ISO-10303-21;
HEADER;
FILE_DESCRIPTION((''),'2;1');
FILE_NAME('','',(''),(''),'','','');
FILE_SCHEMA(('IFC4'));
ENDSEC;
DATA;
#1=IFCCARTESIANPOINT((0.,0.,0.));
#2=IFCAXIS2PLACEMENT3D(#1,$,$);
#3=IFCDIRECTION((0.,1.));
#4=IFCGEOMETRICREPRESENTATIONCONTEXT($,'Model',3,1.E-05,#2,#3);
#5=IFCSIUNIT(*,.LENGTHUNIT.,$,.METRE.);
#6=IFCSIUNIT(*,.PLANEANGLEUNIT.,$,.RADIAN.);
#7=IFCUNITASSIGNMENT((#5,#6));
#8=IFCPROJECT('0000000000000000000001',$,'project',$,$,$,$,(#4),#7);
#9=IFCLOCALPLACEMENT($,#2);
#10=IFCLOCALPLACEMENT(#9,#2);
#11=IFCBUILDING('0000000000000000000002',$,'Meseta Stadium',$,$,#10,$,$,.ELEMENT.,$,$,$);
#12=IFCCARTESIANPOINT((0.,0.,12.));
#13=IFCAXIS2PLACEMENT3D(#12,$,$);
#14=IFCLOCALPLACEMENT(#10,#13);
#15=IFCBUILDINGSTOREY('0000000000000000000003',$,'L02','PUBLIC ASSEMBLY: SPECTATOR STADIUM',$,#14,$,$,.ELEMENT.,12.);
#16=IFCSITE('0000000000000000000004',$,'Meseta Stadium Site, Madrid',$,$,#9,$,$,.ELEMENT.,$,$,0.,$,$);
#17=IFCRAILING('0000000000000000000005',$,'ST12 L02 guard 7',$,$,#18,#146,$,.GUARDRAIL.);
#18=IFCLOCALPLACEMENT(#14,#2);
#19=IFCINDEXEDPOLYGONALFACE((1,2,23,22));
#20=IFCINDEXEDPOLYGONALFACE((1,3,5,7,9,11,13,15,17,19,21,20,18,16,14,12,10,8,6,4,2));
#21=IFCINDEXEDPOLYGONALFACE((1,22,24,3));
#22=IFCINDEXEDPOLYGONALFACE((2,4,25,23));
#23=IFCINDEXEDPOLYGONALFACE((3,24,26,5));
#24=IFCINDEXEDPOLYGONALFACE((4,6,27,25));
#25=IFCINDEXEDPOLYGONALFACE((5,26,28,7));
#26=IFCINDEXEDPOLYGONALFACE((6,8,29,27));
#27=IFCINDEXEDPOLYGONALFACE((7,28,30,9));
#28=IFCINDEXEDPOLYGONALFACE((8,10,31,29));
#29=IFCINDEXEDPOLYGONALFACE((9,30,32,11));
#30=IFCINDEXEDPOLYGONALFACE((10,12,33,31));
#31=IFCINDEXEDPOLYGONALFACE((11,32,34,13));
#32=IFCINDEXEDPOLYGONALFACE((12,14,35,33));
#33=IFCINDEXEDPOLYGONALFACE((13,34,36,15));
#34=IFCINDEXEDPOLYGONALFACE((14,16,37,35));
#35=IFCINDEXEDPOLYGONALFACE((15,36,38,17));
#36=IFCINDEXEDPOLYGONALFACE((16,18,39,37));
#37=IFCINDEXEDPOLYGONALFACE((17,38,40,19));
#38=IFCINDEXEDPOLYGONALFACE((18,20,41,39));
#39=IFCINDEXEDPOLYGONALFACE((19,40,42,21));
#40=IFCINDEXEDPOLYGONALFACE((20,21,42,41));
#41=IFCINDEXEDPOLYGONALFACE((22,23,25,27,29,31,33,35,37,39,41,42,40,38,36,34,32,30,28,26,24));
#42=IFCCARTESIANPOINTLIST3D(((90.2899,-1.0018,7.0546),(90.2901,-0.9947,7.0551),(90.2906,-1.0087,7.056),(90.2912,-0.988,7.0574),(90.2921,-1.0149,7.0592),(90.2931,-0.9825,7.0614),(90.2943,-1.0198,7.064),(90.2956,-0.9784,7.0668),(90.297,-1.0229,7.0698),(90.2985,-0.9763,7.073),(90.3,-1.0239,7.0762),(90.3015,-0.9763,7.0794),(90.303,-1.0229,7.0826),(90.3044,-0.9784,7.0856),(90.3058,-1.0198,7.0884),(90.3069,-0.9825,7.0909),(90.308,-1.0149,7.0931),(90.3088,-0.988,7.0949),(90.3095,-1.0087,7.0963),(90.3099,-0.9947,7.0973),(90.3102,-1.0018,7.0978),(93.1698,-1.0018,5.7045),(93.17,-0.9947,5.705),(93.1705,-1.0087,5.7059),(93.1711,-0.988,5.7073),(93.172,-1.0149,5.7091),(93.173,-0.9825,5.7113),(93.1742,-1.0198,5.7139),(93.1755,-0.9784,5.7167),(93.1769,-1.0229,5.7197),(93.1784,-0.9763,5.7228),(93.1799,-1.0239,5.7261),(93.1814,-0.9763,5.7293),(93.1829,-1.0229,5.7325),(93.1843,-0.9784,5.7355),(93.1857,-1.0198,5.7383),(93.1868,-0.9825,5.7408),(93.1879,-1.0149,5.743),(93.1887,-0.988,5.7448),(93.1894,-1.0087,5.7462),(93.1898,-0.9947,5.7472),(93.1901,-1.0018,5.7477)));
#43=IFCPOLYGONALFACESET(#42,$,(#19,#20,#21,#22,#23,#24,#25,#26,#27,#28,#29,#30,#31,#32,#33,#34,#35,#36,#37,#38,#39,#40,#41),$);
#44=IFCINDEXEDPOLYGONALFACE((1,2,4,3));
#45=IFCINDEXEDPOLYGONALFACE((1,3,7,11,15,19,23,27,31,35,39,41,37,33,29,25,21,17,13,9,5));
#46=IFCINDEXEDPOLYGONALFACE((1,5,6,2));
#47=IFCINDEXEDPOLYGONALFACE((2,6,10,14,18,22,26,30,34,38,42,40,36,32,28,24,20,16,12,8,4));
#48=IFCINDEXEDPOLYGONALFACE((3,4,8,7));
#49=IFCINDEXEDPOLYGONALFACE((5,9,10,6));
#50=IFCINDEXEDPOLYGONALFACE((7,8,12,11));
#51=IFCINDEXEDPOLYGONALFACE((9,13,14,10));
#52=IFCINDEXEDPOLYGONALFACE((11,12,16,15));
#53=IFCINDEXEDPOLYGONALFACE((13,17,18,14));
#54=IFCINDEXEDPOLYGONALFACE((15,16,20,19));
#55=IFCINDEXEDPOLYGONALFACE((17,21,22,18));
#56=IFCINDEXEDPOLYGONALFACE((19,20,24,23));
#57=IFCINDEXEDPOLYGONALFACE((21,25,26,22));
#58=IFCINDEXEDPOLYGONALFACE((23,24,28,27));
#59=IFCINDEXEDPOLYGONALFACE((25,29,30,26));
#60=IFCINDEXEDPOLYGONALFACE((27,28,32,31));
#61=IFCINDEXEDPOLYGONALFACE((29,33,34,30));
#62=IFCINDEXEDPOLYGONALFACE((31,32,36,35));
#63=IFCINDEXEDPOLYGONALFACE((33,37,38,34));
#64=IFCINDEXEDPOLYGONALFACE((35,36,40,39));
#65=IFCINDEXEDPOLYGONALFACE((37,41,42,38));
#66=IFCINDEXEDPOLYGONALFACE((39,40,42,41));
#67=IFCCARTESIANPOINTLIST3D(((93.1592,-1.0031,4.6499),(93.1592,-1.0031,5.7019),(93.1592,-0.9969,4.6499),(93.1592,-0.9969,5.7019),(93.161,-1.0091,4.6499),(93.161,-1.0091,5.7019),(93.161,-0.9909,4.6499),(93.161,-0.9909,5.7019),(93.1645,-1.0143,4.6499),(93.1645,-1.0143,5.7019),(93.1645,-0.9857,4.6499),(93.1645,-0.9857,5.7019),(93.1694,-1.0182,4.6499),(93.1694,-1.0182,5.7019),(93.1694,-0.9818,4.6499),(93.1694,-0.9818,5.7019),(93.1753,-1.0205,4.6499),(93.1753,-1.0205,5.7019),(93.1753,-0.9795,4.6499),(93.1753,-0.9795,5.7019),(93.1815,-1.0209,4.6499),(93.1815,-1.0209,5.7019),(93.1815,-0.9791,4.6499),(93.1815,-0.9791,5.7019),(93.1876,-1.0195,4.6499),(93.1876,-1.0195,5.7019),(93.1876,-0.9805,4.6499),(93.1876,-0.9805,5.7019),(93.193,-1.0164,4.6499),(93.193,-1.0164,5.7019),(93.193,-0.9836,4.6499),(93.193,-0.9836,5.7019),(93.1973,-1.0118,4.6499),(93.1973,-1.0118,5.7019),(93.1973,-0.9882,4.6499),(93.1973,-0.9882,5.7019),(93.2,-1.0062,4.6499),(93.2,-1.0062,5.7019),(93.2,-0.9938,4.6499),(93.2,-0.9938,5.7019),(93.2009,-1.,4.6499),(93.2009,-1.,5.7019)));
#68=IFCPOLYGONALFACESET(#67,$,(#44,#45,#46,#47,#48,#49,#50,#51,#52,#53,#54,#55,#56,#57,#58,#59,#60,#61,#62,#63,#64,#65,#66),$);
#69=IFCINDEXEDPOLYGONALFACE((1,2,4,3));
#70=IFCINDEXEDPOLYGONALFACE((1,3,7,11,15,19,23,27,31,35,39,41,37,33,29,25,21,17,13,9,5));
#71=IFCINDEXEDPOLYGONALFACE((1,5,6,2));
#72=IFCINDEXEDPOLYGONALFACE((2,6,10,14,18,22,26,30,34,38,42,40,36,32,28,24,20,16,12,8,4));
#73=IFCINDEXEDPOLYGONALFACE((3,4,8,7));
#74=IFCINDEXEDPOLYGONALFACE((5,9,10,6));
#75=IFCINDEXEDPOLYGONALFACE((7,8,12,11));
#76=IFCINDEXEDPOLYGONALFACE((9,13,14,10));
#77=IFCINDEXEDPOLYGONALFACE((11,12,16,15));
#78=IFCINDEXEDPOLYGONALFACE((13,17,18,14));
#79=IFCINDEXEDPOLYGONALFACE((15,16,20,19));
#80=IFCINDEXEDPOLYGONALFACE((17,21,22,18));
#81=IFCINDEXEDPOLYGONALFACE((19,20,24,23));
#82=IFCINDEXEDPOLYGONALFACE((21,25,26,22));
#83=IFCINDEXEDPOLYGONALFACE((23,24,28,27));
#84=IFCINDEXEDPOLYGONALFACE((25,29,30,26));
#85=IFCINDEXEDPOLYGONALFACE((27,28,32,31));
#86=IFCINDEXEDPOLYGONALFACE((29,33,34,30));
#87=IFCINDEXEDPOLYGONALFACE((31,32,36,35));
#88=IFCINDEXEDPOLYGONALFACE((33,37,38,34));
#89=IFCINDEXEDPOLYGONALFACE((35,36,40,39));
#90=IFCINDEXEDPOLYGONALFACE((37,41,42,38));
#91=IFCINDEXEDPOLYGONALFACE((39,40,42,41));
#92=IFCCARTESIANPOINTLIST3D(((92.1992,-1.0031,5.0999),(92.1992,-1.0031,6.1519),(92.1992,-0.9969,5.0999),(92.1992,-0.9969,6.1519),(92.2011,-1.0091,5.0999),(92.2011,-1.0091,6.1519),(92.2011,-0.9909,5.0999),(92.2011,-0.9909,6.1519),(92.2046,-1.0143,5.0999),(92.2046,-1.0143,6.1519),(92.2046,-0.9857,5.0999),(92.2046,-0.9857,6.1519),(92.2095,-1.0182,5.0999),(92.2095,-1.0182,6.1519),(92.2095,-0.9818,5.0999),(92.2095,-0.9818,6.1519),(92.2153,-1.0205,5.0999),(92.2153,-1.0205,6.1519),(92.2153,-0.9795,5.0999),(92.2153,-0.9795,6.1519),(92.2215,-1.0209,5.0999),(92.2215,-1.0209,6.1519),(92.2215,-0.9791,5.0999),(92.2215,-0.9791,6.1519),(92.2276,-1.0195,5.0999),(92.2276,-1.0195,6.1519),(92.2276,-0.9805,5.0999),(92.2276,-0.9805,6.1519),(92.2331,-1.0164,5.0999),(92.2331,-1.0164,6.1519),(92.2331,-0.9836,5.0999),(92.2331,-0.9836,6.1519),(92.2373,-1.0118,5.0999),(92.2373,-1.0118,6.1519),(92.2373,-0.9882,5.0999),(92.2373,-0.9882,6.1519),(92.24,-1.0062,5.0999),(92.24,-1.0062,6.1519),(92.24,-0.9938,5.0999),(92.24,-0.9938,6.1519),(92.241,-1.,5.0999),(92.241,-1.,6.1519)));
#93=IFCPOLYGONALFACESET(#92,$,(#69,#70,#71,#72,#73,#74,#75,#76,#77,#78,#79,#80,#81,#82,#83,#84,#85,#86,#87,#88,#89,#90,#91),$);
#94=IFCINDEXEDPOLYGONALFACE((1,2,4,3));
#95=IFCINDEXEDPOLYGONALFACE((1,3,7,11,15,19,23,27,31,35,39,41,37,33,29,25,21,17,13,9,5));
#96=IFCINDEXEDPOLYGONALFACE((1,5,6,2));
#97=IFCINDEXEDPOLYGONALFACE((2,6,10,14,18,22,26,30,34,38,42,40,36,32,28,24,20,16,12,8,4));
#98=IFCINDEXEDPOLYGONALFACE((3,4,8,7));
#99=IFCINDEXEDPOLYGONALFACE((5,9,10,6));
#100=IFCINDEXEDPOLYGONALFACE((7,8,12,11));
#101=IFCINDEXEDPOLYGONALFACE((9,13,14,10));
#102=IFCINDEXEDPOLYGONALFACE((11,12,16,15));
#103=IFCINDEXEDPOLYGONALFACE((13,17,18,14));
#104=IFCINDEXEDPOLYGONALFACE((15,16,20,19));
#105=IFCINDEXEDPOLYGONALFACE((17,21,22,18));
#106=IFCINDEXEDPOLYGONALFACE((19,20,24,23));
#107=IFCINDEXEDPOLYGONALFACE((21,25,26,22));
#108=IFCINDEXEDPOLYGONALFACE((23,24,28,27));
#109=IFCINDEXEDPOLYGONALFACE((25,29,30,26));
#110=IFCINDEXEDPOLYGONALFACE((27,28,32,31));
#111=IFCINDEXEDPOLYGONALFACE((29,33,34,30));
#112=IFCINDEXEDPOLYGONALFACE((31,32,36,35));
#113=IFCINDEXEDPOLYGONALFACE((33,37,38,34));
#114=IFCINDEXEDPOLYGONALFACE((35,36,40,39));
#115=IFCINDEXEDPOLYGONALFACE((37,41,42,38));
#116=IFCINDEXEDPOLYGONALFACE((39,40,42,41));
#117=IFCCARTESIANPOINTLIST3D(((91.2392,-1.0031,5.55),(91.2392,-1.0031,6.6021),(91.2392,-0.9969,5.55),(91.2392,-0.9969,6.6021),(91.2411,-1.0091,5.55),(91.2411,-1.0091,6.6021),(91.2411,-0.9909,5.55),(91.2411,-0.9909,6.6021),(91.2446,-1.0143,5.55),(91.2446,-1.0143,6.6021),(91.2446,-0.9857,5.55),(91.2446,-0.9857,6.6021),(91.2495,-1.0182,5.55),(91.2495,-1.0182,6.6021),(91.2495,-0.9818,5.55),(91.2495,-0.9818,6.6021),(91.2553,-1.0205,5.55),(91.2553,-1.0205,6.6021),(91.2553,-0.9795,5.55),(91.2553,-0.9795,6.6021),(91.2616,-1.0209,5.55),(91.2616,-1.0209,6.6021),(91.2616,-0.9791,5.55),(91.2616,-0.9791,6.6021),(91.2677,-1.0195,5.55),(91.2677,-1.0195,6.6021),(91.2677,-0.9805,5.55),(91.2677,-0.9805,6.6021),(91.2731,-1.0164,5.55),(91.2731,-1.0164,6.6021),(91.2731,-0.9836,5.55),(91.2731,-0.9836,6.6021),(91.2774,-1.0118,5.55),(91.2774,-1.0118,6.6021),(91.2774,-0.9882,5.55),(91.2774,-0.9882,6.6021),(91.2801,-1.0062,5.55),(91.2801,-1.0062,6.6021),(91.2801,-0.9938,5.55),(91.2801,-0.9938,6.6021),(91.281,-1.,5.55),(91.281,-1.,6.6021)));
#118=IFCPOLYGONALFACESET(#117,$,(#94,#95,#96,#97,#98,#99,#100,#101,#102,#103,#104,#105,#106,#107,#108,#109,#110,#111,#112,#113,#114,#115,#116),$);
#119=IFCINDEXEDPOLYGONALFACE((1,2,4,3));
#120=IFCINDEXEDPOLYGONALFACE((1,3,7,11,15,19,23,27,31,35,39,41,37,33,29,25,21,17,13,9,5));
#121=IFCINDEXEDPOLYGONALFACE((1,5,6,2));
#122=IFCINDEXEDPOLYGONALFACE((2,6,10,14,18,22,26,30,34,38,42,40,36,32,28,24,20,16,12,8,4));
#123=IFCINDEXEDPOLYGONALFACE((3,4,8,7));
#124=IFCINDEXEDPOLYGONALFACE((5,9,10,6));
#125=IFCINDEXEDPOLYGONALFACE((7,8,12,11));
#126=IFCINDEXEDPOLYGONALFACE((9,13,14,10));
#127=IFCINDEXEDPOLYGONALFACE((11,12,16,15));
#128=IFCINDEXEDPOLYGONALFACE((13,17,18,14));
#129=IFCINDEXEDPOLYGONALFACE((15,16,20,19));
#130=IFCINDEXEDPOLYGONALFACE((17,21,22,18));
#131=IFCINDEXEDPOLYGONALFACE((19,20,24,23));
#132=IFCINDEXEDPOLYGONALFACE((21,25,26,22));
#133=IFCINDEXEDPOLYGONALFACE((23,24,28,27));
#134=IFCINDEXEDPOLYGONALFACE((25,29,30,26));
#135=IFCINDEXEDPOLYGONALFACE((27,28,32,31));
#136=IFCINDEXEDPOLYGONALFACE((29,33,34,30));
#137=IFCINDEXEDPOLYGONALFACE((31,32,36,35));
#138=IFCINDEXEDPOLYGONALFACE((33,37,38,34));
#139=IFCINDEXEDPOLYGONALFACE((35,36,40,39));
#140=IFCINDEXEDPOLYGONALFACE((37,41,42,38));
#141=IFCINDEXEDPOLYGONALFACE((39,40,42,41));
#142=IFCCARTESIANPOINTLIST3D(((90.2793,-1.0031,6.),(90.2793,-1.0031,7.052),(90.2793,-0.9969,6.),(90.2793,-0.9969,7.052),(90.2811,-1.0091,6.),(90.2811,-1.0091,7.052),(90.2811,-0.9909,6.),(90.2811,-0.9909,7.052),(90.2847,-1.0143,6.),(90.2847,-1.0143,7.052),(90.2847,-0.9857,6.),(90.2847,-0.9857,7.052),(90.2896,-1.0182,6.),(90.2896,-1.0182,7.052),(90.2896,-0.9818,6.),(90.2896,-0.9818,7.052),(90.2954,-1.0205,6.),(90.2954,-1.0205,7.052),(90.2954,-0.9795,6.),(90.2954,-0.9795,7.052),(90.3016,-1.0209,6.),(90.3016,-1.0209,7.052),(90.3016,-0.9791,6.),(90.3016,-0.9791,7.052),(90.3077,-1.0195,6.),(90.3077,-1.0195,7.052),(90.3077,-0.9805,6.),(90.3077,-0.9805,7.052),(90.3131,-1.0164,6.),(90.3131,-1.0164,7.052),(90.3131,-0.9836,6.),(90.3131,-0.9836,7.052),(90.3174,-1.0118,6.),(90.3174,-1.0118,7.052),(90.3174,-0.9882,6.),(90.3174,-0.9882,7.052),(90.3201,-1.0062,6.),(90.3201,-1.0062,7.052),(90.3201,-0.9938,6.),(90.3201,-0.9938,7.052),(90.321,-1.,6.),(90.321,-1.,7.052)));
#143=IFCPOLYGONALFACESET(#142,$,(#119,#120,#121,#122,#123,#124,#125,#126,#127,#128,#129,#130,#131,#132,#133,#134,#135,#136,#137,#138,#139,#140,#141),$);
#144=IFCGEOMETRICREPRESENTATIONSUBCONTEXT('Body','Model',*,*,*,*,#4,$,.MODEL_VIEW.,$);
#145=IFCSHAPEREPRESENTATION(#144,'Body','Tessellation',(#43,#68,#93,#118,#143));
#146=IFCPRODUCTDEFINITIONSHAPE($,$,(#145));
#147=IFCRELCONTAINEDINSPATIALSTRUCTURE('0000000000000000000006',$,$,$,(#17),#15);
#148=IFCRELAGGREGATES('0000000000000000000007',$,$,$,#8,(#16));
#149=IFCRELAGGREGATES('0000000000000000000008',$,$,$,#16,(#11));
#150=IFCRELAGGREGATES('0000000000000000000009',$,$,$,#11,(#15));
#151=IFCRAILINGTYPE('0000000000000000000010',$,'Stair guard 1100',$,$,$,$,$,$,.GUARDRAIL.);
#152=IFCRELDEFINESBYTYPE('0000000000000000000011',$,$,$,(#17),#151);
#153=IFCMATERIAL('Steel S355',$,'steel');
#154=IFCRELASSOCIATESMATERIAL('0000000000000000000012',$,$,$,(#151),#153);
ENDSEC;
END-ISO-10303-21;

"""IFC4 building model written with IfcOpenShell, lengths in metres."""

from ifc_helpers import new_model, si_unit, direction, frame, origin, origin_2d, place, context, subcontext, project, spatial, circle, extrude, material, type_object, element, save


model = new_model("IFC4")

# Units and contexts
model_context = context("Model", 3, precision=1e-05, world=origin(), true_north=direction((0.0, 1.0)))
body_context = subcontext(model_context, "Body", "Model", "MODEL_VIEW")
ifc_project = project(units=[si_unit("LENGTHUNIT", "METRE"), si_unit("PLANEANGLEUNIT", "RADIAN")], contexts=[model_context])

# Site, building, storey
site_placement = place(None, origin())
site = spatial("IfcSite", under=ifc_project, at=site_placement, Name="Meseta Stadium Site, Madrid", CompositionType="ELEMENT", RefElevation=0.0)
building_placement = place(site_placement, origin())
building = spatial("IfcBuilding", under=site, at=building_placement, Name="Meseta Stadium", CompositionType="ELEMENT")
storey_placement = place(building_placement, frame((0.0, 0.0, 12.0)))
storey = spatial("IfcBuildingStorey", under=building, at=storey_placement, Name="L02", Description="PUBLIC ASSEMBLY: SPECTATOR STADIUM", CompositionType="ELEMENT", Elevation=12.0)

# Railing
ifc_material_1 = material(Name="Steel S355", Category="steel")
railing_type_1 = type_object("IfcRailingType", Name="Stair guard 1100", PredefinedType="GUARDRAIL", material=ifc_material_1)
railing_1_placement = place(storey_placement, frame((93.1799, -1.0, 4.6499)))
element("IfcRailing", 1, at=railing_1_placement, inside=storey, type_object=railing_type_1, Name="ST12 L02 guard 7", PredefinedType="GUARDRAIL", context=body_context, shape_type="SweptSolid", body=[
    extrude(circle(Radius=0.0239, at=origin_2d()), frame((0.0, 0.0, 1.0762), z_axis=(-0.90544, 0.0, 0.424473), x_axis=(0.0, -1.0, 0.0)), (0.0, 0.0, 1.0), 3.1807),
    extrude(circle(Radius=0.021, at=origin_2d()), origin(), (0.0, 0.0, 1.0), 1.052),
    extrude(circle(Radius=0.021, at=origin_2d()), frame((-0.96, 0.0, 0.45)), (0.0, 0.0, 1.0), 1.052),
    extrude(circle(Radius=0.021, at=origin_2d()), frame((-1.9199, 0.0, 0.9001)), (0.0, 0.0, 1.0), 1.052),
    extrude(circle(Radius=0.021, at=origin_2d()), frame((-2.8799, 0.0, 1.3501)), (0.0, 0.0, 1.0), 1.052),
])

save(model, "model.ifc")
